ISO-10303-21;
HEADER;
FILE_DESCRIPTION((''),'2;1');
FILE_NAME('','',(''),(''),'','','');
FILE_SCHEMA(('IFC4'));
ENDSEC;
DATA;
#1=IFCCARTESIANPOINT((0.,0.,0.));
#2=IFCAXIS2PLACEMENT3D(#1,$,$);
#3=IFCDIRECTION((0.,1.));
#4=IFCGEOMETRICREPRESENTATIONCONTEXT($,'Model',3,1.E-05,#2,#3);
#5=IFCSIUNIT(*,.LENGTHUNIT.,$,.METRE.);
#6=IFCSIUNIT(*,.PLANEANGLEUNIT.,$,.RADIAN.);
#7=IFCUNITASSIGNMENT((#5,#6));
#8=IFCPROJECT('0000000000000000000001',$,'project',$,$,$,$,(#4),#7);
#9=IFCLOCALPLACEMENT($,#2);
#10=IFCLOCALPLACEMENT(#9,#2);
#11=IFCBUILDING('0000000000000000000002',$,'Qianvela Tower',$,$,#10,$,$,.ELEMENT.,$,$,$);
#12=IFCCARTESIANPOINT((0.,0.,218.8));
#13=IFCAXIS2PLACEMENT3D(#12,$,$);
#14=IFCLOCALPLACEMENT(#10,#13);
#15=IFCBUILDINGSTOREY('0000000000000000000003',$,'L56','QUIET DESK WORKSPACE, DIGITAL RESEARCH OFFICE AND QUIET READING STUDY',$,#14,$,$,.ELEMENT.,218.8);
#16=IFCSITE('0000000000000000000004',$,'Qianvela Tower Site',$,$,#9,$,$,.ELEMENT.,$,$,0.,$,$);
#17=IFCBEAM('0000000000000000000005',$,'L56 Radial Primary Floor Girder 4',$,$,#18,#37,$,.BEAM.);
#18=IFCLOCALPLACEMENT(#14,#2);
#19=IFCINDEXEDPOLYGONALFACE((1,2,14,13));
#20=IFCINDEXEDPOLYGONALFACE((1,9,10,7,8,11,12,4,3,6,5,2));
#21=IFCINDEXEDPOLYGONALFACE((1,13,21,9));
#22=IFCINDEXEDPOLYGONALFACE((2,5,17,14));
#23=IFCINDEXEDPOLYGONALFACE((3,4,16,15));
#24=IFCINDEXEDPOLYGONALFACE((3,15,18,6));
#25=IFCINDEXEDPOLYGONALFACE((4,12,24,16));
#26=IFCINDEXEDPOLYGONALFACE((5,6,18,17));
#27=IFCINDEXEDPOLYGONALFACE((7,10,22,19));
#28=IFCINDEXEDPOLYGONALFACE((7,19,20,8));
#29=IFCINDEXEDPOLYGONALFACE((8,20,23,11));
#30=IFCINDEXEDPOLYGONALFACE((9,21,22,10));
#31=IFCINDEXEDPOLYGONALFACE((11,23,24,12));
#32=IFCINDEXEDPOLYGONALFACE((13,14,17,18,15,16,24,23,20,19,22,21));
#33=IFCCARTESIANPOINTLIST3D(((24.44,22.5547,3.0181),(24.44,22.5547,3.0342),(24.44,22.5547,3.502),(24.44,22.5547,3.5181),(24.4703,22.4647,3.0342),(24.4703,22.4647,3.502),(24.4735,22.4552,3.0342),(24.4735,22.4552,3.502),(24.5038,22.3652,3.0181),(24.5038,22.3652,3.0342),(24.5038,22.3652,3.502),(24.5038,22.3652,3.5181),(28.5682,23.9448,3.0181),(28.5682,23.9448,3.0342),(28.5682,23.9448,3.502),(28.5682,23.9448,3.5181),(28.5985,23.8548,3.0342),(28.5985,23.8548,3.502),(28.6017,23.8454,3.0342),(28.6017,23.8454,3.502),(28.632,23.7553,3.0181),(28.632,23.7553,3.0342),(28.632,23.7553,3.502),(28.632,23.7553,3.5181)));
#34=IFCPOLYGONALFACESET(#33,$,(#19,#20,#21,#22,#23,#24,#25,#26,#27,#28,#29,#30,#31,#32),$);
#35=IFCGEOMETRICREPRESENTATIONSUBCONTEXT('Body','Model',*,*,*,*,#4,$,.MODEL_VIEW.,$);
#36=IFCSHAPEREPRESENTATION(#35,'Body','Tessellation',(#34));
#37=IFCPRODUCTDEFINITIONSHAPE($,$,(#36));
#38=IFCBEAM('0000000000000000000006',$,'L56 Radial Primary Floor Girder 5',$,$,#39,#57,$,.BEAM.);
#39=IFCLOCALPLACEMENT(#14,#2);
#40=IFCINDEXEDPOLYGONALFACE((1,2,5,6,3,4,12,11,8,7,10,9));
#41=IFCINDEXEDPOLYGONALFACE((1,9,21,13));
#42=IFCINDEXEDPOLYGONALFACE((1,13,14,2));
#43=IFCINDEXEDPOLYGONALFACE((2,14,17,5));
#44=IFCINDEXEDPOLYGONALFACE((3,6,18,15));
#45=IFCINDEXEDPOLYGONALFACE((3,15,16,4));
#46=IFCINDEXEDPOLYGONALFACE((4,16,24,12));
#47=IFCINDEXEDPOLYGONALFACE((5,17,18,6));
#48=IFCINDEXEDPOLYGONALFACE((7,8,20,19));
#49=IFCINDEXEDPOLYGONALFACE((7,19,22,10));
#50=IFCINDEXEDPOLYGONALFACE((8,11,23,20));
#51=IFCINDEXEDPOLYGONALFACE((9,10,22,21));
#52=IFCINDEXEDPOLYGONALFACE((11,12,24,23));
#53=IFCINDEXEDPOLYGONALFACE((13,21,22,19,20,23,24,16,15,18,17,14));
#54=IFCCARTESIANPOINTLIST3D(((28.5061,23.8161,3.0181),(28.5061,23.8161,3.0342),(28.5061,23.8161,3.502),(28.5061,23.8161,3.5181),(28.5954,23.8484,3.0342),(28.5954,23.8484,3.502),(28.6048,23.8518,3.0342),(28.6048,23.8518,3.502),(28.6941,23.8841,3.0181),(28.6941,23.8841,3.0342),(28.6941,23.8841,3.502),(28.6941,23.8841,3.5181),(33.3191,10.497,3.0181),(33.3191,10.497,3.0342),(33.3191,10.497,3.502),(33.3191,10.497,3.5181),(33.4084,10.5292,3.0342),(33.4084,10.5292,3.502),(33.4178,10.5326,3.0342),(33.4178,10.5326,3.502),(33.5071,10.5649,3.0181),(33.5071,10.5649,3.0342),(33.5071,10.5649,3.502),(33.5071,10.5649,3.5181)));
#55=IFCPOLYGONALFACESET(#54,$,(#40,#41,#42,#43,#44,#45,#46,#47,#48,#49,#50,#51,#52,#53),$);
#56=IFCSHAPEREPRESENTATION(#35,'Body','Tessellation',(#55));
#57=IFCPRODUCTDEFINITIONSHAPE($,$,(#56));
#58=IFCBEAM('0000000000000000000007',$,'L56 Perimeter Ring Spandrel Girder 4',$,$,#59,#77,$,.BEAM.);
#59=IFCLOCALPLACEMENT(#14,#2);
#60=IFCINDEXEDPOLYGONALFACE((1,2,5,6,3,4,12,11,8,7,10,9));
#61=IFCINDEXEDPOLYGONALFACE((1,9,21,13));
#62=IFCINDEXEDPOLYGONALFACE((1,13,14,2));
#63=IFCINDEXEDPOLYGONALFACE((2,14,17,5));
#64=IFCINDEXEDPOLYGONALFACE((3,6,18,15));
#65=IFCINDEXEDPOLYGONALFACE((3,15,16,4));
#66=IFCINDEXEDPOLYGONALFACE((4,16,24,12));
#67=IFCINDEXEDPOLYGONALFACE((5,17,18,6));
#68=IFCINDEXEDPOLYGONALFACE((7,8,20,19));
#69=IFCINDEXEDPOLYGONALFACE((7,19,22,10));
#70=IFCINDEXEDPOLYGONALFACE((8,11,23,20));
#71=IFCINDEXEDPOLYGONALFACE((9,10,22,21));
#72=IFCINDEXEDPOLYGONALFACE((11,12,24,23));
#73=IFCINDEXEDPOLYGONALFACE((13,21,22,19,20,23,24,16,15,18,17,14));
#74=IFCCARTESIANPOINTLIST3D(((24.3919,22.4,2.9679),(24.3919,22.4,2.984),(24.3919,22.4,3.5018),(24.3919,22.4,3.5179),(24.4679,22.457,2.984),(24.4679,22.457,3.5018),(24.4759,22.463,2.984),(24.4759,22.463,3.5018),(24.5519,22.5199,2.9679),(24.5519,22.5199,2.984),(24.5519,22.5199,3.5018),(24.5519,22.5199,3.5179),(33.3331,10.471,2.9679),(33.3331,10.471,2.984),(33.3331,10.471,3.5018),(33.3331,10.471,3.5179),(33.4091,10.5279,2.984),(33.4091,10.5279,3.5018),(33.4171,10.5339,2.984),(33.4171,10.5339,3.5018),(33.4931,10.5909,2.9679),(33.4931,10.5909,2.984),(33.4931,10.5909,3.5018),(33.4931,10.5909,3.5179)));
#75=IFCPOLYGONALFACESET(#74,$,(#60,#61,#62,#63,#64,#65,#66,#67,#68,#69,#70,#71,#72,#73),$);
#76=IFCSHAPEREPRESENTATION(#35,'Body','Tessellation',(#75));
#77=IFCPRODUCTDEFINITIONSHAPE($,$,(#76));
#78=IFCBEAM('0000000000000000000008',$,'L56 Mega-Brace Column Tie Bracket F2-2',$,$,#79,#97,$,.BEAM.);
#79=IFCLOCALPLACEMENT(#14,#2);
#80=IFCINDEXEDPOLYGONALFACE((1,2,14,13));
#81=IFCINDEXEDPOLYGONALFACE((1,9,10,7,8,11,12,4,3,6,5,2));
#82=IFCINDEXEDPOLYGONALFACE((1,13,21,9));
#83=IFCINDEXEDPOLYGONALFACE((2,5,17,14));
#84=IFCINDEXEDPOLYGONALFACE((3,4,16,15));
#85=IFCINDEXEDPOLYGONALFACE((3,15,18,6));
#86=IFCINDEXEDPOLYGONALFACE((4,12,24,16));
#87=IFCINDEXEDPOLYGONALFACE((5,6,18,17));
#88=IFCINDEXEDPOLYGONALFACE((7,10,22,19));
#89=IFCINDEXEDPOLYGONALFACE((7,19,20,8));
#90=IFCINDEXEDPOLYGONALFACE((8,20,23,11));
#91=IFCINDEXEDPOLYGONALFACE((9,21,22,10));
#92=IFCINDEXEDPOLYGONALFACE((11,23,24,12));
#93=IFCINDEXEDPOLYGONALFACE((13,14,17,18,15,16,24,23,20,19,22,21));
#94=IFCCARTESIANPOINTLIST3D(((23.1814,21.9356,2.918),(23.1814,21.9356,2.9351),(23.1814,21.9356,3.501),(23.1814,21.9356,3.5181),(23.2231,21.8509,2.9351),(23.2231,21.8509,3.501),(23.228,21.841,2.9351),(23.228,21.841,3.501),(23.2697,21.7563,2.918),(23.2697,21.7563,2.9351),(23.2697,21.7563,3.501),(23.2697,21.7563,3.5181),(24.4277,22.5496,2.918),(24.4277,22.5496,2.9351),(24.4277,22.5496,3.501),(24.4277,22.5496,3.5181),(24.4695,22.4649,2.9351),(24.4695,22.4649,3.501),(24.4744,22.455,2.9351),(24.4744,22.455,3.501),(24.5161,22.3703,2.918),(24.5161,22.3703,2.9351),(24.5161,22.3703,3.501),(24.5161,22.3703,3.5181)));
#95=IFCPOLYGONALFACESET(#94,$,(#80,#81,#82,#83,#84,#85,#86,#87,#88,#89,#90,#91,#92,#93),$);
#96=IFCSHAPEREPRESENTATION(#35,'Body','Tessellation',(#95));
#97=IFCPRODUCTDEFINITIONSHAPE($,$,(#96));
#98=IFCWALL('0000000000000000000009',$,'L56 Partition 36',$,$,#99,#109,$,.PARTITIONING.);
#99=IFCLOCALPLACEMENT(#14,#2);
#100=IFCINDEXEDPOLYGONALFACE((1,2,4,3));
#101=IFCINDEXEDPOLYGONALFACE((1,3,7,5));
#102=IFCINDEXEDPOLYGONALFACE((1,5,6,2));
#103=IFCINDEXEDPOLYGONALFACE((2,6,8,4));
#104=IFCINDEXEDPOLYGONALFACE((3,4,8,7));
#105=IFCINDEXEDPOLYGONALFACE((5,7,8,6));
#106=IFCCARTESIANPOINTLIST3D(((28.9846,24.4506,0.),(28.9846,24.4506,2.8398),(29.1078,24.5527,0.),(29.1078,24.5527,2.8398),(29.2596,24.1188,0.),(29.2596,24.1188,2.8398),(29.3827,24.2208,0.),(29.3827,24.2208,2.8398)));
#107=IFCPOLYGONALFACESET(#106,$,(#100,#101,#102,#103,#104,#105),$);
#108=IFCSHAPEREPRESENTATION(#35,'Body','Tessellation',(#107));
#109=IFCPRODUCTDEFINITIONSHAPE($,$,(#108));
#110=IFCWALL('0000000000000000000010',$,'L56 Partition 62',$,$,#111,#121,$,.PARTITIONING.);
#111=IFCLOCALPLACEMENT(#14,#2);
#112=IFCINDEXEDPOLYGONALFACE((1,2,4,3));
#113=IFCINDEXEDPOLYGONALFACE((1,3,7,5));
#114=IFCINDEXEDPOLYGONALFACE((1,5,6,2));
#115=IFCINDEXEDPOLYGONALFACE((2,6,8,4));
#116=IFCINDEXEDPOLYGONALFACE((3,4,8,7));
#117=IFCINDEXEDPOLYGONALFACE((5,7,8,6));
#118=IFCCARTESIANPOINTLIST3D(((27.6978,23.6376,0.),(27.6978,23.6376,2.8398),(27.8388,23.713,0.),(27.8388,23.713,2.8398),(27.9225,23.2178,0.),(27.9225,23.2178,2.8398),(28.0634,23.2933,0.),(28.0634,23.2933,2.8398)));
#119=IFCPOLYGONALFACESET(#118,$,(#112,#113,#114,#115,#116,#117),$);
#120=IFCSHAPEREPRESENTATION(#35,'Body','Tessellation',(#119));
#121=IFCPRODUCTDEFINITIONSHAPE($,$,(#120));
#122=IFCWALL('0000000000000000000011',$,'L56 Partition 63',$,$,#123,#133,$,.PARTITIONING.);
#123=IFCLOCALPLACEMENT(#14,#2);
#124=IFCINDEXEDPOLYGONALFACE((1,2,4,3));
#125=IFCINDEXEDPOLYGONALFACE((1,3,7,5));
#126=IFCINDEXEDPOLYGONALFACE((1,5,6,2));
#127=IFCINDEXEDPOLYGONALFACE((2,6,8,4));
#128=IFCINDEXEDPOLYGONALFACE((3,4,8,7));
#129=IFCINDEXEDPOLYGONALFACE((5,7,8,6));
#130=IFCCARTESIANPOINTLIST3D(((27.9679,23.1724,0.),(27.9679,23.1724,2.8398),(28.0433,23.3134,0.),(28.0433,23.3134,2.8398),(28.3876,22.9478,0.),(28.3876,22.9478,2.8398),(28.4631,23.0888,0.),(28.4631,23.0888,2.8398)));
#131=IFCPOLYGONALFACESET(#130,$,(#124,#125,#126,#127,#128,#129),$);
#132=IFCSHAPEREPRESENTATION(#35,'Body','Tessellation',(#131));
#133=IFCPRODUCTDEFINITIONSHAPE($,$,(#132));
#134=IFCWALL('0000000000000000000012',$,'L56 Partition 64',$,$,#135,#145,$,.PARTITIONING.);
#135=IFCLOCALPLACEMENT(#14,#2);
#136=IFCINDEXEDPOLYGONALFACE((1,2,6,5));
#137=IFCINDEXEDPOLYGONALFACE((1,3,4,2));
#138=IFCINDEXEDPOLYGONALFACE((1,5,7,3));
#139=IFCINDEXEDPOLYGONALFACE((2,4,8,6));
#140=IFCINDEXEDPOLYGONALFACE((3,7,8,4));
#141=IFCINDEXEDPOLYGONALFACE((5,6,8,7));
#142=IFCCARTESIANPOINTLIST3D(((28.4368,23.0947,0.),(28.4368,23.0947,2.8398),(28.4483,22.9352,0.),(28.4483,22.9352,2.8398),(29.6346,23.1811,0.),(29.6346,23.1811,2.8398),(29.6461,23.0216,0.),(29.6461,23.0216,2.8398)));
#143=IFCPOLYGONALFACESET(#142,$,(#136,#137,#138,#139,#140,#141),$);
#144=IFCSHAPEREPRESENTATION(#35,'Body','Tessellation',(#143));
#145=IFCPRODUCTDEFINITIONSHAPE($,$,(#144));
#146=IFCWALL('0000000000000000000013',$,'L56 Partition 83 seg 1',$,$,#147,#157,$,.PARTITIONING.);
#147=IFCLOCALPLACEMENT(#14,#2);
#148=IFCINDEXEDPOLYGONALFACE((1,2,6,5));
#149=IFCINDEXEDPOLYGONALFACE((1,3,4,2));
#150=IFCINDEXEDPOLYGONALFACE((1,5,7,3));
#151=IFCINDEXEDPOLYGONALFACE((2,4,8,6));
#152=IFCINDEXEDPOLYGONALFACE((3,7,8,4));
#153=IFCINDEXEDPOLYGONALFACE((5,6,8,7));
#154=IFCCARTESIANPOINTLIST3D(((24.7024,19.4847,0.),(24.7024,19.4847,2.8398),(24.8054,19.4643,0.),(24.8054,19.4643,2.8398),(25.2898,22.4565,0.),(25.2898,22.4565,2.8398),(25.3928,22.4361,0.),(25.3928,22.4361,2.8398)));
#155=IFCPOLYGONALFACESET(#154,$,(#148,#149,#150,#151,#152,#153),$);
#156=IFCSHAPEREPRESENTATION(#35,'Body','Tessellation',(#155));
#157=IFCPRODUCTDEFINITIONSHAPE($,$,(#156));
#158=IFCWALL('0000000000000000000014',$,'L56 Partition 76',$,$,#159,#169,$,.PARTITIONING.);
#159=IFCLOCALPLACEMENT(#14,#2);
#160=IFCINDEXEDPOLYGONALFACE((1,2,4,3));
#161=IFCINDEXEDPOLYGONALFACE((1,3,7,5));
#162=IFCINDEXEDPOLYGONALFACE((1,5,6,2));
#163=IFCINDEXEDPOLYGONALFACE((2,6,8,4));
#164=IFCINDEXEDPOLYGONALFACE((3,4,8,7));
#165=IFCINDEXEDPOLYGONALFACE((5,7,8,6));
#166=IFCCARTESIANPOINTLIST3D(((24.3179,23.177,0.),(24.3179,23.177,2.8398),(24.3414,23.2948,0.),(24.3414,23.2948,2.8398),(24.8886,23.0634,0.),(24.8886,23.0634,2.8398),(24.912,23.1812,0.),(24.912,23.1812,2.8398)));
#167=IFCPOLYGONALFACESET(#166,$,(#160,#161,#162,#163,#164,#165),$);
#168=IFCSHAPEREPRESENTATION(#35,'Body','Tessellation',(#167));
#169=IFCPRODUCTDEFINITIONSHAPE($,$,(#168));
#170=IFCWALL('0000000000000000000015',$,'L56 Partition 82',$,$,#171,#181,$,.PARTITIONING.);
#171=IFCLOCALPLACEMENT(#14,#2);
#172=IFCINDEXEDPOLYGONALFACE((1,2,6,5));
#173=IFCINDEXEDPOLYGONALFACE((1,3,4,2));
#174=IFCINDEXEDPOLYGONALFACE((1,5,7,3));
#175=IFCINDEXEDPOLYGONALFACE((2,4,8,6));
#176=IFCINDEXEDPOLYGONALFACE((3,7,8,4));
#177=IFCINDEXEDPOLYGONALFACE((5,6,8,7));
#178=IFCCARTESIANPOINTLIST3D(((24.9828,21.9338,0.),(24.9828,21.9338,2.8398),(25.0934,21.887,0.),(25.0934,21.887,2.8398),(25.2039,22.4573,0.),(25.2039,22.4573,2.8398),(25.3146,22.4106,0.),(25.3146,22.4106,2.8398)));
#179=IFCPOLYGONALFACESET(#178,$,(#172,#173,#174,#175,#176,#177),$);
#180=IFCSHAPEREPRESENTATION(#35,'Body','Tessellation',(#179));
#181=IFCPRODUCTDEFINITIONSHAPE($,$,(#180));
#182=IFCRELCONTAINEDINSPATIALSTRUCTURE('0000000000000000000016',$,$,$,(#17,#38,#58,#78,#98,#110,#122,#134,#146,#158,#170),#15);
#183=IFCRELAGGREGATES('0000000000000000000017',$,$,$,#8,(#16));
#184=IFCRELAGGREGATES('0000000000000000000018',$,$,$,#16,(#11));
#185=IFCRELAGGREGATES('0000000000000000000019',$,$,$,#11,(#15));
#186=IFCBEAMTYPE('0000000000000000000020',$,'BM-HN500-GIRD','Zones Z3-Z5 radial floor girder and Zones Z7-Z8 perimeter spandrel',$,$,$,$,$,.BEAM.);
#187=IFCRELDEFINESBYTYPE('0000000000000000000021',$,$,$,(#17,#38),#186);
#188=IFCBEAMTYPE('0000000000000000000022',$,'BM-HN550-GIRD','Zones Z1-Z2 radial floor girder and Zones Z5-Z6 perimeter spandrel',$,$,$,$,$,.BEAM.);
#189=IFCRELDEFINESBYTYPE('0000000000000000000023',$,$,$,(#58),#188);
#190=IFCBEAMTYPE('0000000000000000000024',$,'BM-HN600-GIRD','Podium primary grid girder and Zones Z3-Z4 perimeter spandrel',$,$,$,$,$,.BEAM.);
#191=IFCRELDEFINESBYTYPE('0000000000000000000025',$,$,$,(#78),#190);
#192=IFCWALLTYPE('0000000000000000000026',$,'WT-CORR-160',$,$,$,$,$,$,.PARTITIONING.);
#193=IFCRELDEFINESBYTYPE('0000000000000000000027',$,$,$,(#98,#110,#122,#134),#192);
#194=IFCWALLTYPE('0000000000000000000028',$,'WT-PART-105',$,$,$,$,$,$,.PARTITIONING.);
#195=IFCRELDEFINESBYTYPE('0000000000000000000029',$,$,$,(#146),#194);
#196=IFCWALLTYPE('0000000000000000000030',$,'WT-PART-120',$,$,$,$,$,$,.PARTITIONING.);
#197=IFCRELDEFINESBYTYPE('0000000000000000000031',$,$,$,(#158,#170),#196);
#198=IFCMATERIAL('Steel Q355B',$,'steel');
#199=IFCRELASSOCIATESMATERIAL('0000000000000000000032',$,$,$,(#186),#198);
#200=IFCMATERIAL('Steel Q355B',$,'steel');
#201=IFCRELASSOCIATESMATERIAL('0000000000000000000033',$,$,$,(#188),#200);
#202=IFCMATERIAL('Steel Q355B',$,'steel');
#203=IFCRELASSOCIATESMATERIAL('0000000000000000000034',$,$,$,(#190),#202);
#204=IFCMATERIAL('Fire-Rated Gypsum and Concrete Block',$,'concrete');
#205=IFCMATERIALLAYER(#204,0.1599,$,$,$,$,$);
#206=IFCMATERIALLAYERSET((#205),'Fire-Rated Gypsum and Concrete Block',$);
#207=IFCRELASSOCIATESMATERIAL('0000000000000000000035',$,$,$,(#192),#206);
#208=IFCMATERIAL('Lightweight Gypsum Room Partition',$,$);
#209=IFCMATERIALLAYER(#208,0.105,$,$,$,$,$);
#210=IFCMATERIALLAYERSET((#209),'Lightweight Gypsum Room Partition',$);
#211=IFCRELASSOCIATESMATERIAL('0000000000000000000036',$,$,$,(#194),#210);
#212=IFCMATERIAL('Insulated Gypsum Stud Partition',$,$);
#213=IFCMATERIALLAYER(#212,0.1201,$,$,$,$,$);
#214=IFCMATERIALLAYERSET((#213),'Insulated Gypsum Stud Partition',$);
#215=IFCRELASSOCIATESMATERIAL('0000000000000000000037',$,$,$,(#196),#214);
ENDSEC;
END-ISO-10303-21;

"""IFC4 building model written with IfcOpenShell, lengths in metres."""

from ifc_helpers import new_model, si_unit, direction, frame, frame_2d, origin, origin_2d, place, context, subcontext, project, spatial, rectangle, i_section, extrude, material, layer, layer_set, material_profile, profile_set, type_object, element, save


model = new_model("IFC4")

# Units and contexts
model_context = context("Model", 3, precision=1e-05, world=origin(), true_north=direction((0.0, 1.0)))
body_context = subcontext(model_context, "Body", "Model", "MODEL_VIEW")
ifc_project = project(units=[si_unit("LENGTHUNIT", "METRE"), si_unit("PLANEANGLEUNIT", "RADIAN")], contexts=[model_context])

# Site, building, storey
site_placement = place(None, origin())
site = spatial("IfcSite", under=ifc_project, at=site_placement, Name="Qianvela Tower Site", CompositionType="ELEMENT", RefElevation=0.0)
building_placement = place(site_placement, origin())
building = spatial("IfcBuilding", under=site, at=building_placement, Name="Qianvela Tower", CompositionType="ELEMENT")
storey_placement = place(building_placement, frame((0.0, 0.0, 218.8)))
storey = spatial("IfcBuildingStorey", under=building, at=storey_placement, Name="L56", Description="QUIET DESK WORKSPACE, DIGITAL RESEARCH OFFICE AND QUIET READING STUDY", CompositionType="ELEMENT", Elevation=218.8)

# Beams
ifc_material_1 = material(Name="Steel Q355B", Category="steel")
ifc_material_profile_1 = material_profile(ifc_material_1, i_section(OverallWidth=0.2, OverallDepth=0.5, WebThickness=0.01, FlangeThickness=0.0161, at=origin_2d()), Name="HN500x200x10x16")
ifc_profile_set_1 = profile_set([ifc_material_profile_1], Name="Steel Q355B")
beam_type_1 = type_object("IfcBeamType", Name="BM-HN500-GIRD", Description="Zones Z3-Z5 radial floor girder and Zones Z7-Z8 perimeter spandrel", PredefinedType="BEAM", material=ifc_profile_set_1)
beam_1_placement = place(storey_placement, frame((28.6001, 23.8501, 3.2681), z_axis=(-0.947709, -0.319135, 0.0), x_axis=(0.319135, -0.947709, 0.0)))
element("IfcBeam", 1, at=beam_1_placement, inside=storey, type_object=beam_type_1, Name="L56 Radial Primary Floor Girder 4", PredefinedType="BEAM", context=body_context, shape_type="SweptSolid", body=[
    extrude(i_section(OverallWidth=0.2, OverallDepth=0.5, WebThickness=0.01, FlangeThickness=0.0161, at=origin_2d()), origin(), (0.0, 0.0, 1.0), 4.356),
])
beam_2_placement = place(storey_placement, frame((28.6001, 23.8501, 3.2681), z_axis=(0.339852, -0.940479, 0.0), x_axis=(0.940479, 0.339852, 0.0)))
element("IfcBeam", 2, at=beam_2_placement, inside=storey, type_object=beam_type_1, Name="L56 Radial Primary Floor Girder 5", PredefinedType="BEAM", context=body_context, shape_type="SweptSolid", body=[
    extrude(i_section(OverallWidth=0.2, OverallDepth=0.5, WebThickness=0.01, FlangeThickness=0.0161, at=origin_2d()), origin(), (0.0, 0.0, 1.0), 14.1621),
])
ifc_material_2 = material(Name="Steel Q355B", Category="steel")
ifc_material_profile_2 = material_profile(ifc_material_2, i_section(OverallWidth=0.2, OverallDepth=0.55, WebThickness=0.01, FlangeThickness=0.0161, at=origin_2d()), Name="HN550x200x10x16")
ifc_profile_set_2 = profile_set([ifc_material_profile_2], Name="Steel Q355B")
beam_type_2 = type_object("IfcBeamType", Name="BM-HN550-GIRD", Description="Zones Z1-Z2 radial floor girder and Zones Z5-Z6 perimeter spandrel", PredefinedType="BEAM", material=ifc_profile_set_2)
beam_3_placement = place(storey_placement, frame((24.4719, 22.46, 3.2429), z_axis=(0.599762, -0.800179, 0.0), x_axis=(0.800179, 0.599762, 0.0)))
element("IfcBeam", 3, at=beam_3_placement, inside=storey, type_object=beam_type_2, Name="L56 Perimeter Ring Spandrel Girder 4", PredefinedType="BEAM", context=body_context, shape_type="SweptSolid", body=[
    extrude(i_section(OverallWidth=0.2, OverallDepth=0.55, WebThickness=0.01, FlangeThickness=0.0161, at=origin_2d()), origin(), (0.0, 0.0, 1.0), 14.908),
])
ifc_material_3 = material(Name="Steel Q355B", Category="steel")
ifc_material_profile_3 = material_profile(ifc_material_3, i_section(OverallWidth=0.2, OverallDepth=0.6001, WebThickness=0.011, FlangeThickness=0.0171, at=origin_2d()), Name="HN600x200x11x17")
ifc_profile_set_3 = profile_set([ifc_material_profile_3], Name="Steel Q355B")
beam_type_3 = type_object("IfcBeamType", Name="BM-HN600-GIRD", Description="Podium primary grid girder and Zones Z3-Z4 perimeter spandrel", PredefinedType="BEAM", material=ifc_profile_set_3)
beam_4_placement = place(storey_placement, frame((24.4719, 22.46, 3.218), z_axis=(-0.897047, -0.441934, 0.0), x_axis=(0.441934, -0.897047, 0.0)))
element("IfcBeam", 4, at=beam_4_placement, inside=storey, type_object=beam_type_3, Name="L56 Mega-Brace Column Tie Bracket F2-2", PredefinedType="BEAM", context=body_context, shape_type="SweptSolid", body=[
    extrude(i_section(OverallWidth=0.2, OverallDepth=0.6001, WebThickness=0.011, FlangeThickness=0.0171, at=origin_2d()), origin(), (0.0, 0.0, 1.0), 1.3894),
])

# Shared definitions
ifc_material_4 = material(Name="Fire-Rated Gypsum and Concrete Block", Category="concrete")
ifc_layer_1 = layer(ifc_material_4, 0.1599)
ifc_layer_set_1 = layer_set([ifc_layer_1], Name="Fire-Rated Gypsum and Concrete Block")
wall_type_1 = type_object("IfcWallType", Name="WT-CORR-160", PredefinedType="PARTITIONING", material=ifc_layer_set_1)

# Walls
wall_1_placement = place(storey_placement, frame((29.321, 24.1699, 0.0), z_axis=(0.0, 0.0, 1.0), x_axis=(-0.638008, 0.77003, 0.0)))
element("IfcWall", 5, at=wall_1_placement, inside=storey, type_object=wall_type_1, Name="L56 Partition 36", PredefinedType="PARTITIONING", context=body_context, shape_type="SweptSolid", body=[
    extrude(rectangle(XDim=0.4309, YDim=0.1599, at=frame_2d((0.2153, 0.0))), origin(), (0.0, 0.0, 1.0), 2.8398),
])
for number, where, z_axis, x_axis, name in (
    (6, (27.7683, 23.6753, 0.0), (0.0, 0.0, 1.0), (0.471866, -0.881671, 0.0), "L56 Partition 62"),
    (7, (28.0056, 23.2429, 0.0), (0.0, 0.0, 1.0), (0.881671, -0.471866, 0.0), "L56 Partition 63"),
):
    element("IfcWall", number, at=place(storey_placement, frame(where, z_axis=z_axis, x_axis=x_axis)), inside=storey, type_object=wall_type_1, Name=name, PredefinedType="PARTITIONING", context=body_context, shape_type="SweptSolid", body=[
        extrude(rectangle(XDim=0.4761, YDim=0.1599, at=frame_2d((0.238, 0.0))), origin(), (0.0, 0.0, 1.0), 2.8398),
    ])
wall_2_placement = place(storey_placement, frame((28.4424, 23.0149, 0.0), z_axis=(0.0, 0.0, 1.0), x_axis=(0.997407, 0.071969, 0.0)))
element("IfcWall", 8, at=wall_2_placement, inside=storey, type_object=wall_type_1, Name="L56 Partition 64", PredefinedType="PARTITIONING", context=body_context, shape_type="SweptSolid", body=[
    extrude(rectangle(XDim=1.2009, YDim=0.1599, at=frame_2d((0.6006, 0.0))), origin(), (0.0, 0.0, 1.0), 2.8398),
])
ifc_material_5 = material(Name="Lightweight Gypsum Room Partition")
ifc_layer_2 = layer(ifc_material_5, 0.105)
ifc_layer_set_2 = layer_set([ifc_layer_2], Name="Lightweight Gypsum Room Partition")
wall_type_2 = type_object("IfcWallType", Name="WT-PART-105", PredefinedType="PARTITIONING", material=ifc_layer_set_2)
wall_3_placement = place(storey_placement, frame((25.3413, 22.4463, 0.0), z_axis=(0.0, 0.0, 1.0), x_axis=(-0.193915, -0.981018, 0.0)))
element("IfcWall", 9, at=wall_3_placement, inside=storey, type_object=wall_type_2, Name="L56 Partition 83 seg 1", PredefinedType="PARTITIONING", context=body_context, shape_type="SweptSolid", body=[
    extrude(rectangle(XDim=3.0293, YDim=0.105, at=frame_2d((1.5146, 0.0))), origin(), (0.0, 0.0, 1.0), 2.8398),
])
ifc_material_6 = material(Name="Insulated Gypsum Stud Partition")
ifc_layer_3 = layer(ifc_material_6, 0.1201)
ifc_layer_set_3 = layer_set([ifc_layer_3], Name="Insulated Gypsum Stud Partition")
wall_type_3 = type_object("IfcWallType", Name="WT-PART-120", PredefinedType="PARTITIONING", material=ifc_layer_set_3)
wall_4_placement = place(storey_placement, frame((24.9004, 23.1223, 0.0), z_axis=(0.0, 0.0, 1.0), x_axis=(-0.980774, 0.195148, 0.0)))
element("IfcWall", 10, at=wall_4_placement, inside=storey, type_object=wall_type_3, Name="L56 Partition 76", PredefinedType="PARTITIONING", context=body_context, shape_type="SweptSolid", body=[
    extrude(rectangle(XDim=0.5818, YDim=0.1201, at=frame_2d((0.291, 0.0))), origin(), (0.0, 0.0, 1.0), 2.8398),
])
wall_5_placement = place(storey_placement, frame((25.0381, 21.9104, 0.0), z_axis=(0.0, 0.0, 1.0), x_axis=(0.389094, 0.921198, 0.0)))
element("IfcWall", 11, at=wall_5_placement, inside=storey, type_object=wall_type_3, Name="L56 Partition 82", PredefinedType="PARTITIONING", context=body_context, shape_type="SweptSolid", body=[
    extrude(rectangle(XDim=0.5684, YDim=0.1201, at=frame_2d((0.2842, 0.0))), origin(), (0.0, 0.0, 1.0), 2.8398),
])

save(model, "model.ifc")
